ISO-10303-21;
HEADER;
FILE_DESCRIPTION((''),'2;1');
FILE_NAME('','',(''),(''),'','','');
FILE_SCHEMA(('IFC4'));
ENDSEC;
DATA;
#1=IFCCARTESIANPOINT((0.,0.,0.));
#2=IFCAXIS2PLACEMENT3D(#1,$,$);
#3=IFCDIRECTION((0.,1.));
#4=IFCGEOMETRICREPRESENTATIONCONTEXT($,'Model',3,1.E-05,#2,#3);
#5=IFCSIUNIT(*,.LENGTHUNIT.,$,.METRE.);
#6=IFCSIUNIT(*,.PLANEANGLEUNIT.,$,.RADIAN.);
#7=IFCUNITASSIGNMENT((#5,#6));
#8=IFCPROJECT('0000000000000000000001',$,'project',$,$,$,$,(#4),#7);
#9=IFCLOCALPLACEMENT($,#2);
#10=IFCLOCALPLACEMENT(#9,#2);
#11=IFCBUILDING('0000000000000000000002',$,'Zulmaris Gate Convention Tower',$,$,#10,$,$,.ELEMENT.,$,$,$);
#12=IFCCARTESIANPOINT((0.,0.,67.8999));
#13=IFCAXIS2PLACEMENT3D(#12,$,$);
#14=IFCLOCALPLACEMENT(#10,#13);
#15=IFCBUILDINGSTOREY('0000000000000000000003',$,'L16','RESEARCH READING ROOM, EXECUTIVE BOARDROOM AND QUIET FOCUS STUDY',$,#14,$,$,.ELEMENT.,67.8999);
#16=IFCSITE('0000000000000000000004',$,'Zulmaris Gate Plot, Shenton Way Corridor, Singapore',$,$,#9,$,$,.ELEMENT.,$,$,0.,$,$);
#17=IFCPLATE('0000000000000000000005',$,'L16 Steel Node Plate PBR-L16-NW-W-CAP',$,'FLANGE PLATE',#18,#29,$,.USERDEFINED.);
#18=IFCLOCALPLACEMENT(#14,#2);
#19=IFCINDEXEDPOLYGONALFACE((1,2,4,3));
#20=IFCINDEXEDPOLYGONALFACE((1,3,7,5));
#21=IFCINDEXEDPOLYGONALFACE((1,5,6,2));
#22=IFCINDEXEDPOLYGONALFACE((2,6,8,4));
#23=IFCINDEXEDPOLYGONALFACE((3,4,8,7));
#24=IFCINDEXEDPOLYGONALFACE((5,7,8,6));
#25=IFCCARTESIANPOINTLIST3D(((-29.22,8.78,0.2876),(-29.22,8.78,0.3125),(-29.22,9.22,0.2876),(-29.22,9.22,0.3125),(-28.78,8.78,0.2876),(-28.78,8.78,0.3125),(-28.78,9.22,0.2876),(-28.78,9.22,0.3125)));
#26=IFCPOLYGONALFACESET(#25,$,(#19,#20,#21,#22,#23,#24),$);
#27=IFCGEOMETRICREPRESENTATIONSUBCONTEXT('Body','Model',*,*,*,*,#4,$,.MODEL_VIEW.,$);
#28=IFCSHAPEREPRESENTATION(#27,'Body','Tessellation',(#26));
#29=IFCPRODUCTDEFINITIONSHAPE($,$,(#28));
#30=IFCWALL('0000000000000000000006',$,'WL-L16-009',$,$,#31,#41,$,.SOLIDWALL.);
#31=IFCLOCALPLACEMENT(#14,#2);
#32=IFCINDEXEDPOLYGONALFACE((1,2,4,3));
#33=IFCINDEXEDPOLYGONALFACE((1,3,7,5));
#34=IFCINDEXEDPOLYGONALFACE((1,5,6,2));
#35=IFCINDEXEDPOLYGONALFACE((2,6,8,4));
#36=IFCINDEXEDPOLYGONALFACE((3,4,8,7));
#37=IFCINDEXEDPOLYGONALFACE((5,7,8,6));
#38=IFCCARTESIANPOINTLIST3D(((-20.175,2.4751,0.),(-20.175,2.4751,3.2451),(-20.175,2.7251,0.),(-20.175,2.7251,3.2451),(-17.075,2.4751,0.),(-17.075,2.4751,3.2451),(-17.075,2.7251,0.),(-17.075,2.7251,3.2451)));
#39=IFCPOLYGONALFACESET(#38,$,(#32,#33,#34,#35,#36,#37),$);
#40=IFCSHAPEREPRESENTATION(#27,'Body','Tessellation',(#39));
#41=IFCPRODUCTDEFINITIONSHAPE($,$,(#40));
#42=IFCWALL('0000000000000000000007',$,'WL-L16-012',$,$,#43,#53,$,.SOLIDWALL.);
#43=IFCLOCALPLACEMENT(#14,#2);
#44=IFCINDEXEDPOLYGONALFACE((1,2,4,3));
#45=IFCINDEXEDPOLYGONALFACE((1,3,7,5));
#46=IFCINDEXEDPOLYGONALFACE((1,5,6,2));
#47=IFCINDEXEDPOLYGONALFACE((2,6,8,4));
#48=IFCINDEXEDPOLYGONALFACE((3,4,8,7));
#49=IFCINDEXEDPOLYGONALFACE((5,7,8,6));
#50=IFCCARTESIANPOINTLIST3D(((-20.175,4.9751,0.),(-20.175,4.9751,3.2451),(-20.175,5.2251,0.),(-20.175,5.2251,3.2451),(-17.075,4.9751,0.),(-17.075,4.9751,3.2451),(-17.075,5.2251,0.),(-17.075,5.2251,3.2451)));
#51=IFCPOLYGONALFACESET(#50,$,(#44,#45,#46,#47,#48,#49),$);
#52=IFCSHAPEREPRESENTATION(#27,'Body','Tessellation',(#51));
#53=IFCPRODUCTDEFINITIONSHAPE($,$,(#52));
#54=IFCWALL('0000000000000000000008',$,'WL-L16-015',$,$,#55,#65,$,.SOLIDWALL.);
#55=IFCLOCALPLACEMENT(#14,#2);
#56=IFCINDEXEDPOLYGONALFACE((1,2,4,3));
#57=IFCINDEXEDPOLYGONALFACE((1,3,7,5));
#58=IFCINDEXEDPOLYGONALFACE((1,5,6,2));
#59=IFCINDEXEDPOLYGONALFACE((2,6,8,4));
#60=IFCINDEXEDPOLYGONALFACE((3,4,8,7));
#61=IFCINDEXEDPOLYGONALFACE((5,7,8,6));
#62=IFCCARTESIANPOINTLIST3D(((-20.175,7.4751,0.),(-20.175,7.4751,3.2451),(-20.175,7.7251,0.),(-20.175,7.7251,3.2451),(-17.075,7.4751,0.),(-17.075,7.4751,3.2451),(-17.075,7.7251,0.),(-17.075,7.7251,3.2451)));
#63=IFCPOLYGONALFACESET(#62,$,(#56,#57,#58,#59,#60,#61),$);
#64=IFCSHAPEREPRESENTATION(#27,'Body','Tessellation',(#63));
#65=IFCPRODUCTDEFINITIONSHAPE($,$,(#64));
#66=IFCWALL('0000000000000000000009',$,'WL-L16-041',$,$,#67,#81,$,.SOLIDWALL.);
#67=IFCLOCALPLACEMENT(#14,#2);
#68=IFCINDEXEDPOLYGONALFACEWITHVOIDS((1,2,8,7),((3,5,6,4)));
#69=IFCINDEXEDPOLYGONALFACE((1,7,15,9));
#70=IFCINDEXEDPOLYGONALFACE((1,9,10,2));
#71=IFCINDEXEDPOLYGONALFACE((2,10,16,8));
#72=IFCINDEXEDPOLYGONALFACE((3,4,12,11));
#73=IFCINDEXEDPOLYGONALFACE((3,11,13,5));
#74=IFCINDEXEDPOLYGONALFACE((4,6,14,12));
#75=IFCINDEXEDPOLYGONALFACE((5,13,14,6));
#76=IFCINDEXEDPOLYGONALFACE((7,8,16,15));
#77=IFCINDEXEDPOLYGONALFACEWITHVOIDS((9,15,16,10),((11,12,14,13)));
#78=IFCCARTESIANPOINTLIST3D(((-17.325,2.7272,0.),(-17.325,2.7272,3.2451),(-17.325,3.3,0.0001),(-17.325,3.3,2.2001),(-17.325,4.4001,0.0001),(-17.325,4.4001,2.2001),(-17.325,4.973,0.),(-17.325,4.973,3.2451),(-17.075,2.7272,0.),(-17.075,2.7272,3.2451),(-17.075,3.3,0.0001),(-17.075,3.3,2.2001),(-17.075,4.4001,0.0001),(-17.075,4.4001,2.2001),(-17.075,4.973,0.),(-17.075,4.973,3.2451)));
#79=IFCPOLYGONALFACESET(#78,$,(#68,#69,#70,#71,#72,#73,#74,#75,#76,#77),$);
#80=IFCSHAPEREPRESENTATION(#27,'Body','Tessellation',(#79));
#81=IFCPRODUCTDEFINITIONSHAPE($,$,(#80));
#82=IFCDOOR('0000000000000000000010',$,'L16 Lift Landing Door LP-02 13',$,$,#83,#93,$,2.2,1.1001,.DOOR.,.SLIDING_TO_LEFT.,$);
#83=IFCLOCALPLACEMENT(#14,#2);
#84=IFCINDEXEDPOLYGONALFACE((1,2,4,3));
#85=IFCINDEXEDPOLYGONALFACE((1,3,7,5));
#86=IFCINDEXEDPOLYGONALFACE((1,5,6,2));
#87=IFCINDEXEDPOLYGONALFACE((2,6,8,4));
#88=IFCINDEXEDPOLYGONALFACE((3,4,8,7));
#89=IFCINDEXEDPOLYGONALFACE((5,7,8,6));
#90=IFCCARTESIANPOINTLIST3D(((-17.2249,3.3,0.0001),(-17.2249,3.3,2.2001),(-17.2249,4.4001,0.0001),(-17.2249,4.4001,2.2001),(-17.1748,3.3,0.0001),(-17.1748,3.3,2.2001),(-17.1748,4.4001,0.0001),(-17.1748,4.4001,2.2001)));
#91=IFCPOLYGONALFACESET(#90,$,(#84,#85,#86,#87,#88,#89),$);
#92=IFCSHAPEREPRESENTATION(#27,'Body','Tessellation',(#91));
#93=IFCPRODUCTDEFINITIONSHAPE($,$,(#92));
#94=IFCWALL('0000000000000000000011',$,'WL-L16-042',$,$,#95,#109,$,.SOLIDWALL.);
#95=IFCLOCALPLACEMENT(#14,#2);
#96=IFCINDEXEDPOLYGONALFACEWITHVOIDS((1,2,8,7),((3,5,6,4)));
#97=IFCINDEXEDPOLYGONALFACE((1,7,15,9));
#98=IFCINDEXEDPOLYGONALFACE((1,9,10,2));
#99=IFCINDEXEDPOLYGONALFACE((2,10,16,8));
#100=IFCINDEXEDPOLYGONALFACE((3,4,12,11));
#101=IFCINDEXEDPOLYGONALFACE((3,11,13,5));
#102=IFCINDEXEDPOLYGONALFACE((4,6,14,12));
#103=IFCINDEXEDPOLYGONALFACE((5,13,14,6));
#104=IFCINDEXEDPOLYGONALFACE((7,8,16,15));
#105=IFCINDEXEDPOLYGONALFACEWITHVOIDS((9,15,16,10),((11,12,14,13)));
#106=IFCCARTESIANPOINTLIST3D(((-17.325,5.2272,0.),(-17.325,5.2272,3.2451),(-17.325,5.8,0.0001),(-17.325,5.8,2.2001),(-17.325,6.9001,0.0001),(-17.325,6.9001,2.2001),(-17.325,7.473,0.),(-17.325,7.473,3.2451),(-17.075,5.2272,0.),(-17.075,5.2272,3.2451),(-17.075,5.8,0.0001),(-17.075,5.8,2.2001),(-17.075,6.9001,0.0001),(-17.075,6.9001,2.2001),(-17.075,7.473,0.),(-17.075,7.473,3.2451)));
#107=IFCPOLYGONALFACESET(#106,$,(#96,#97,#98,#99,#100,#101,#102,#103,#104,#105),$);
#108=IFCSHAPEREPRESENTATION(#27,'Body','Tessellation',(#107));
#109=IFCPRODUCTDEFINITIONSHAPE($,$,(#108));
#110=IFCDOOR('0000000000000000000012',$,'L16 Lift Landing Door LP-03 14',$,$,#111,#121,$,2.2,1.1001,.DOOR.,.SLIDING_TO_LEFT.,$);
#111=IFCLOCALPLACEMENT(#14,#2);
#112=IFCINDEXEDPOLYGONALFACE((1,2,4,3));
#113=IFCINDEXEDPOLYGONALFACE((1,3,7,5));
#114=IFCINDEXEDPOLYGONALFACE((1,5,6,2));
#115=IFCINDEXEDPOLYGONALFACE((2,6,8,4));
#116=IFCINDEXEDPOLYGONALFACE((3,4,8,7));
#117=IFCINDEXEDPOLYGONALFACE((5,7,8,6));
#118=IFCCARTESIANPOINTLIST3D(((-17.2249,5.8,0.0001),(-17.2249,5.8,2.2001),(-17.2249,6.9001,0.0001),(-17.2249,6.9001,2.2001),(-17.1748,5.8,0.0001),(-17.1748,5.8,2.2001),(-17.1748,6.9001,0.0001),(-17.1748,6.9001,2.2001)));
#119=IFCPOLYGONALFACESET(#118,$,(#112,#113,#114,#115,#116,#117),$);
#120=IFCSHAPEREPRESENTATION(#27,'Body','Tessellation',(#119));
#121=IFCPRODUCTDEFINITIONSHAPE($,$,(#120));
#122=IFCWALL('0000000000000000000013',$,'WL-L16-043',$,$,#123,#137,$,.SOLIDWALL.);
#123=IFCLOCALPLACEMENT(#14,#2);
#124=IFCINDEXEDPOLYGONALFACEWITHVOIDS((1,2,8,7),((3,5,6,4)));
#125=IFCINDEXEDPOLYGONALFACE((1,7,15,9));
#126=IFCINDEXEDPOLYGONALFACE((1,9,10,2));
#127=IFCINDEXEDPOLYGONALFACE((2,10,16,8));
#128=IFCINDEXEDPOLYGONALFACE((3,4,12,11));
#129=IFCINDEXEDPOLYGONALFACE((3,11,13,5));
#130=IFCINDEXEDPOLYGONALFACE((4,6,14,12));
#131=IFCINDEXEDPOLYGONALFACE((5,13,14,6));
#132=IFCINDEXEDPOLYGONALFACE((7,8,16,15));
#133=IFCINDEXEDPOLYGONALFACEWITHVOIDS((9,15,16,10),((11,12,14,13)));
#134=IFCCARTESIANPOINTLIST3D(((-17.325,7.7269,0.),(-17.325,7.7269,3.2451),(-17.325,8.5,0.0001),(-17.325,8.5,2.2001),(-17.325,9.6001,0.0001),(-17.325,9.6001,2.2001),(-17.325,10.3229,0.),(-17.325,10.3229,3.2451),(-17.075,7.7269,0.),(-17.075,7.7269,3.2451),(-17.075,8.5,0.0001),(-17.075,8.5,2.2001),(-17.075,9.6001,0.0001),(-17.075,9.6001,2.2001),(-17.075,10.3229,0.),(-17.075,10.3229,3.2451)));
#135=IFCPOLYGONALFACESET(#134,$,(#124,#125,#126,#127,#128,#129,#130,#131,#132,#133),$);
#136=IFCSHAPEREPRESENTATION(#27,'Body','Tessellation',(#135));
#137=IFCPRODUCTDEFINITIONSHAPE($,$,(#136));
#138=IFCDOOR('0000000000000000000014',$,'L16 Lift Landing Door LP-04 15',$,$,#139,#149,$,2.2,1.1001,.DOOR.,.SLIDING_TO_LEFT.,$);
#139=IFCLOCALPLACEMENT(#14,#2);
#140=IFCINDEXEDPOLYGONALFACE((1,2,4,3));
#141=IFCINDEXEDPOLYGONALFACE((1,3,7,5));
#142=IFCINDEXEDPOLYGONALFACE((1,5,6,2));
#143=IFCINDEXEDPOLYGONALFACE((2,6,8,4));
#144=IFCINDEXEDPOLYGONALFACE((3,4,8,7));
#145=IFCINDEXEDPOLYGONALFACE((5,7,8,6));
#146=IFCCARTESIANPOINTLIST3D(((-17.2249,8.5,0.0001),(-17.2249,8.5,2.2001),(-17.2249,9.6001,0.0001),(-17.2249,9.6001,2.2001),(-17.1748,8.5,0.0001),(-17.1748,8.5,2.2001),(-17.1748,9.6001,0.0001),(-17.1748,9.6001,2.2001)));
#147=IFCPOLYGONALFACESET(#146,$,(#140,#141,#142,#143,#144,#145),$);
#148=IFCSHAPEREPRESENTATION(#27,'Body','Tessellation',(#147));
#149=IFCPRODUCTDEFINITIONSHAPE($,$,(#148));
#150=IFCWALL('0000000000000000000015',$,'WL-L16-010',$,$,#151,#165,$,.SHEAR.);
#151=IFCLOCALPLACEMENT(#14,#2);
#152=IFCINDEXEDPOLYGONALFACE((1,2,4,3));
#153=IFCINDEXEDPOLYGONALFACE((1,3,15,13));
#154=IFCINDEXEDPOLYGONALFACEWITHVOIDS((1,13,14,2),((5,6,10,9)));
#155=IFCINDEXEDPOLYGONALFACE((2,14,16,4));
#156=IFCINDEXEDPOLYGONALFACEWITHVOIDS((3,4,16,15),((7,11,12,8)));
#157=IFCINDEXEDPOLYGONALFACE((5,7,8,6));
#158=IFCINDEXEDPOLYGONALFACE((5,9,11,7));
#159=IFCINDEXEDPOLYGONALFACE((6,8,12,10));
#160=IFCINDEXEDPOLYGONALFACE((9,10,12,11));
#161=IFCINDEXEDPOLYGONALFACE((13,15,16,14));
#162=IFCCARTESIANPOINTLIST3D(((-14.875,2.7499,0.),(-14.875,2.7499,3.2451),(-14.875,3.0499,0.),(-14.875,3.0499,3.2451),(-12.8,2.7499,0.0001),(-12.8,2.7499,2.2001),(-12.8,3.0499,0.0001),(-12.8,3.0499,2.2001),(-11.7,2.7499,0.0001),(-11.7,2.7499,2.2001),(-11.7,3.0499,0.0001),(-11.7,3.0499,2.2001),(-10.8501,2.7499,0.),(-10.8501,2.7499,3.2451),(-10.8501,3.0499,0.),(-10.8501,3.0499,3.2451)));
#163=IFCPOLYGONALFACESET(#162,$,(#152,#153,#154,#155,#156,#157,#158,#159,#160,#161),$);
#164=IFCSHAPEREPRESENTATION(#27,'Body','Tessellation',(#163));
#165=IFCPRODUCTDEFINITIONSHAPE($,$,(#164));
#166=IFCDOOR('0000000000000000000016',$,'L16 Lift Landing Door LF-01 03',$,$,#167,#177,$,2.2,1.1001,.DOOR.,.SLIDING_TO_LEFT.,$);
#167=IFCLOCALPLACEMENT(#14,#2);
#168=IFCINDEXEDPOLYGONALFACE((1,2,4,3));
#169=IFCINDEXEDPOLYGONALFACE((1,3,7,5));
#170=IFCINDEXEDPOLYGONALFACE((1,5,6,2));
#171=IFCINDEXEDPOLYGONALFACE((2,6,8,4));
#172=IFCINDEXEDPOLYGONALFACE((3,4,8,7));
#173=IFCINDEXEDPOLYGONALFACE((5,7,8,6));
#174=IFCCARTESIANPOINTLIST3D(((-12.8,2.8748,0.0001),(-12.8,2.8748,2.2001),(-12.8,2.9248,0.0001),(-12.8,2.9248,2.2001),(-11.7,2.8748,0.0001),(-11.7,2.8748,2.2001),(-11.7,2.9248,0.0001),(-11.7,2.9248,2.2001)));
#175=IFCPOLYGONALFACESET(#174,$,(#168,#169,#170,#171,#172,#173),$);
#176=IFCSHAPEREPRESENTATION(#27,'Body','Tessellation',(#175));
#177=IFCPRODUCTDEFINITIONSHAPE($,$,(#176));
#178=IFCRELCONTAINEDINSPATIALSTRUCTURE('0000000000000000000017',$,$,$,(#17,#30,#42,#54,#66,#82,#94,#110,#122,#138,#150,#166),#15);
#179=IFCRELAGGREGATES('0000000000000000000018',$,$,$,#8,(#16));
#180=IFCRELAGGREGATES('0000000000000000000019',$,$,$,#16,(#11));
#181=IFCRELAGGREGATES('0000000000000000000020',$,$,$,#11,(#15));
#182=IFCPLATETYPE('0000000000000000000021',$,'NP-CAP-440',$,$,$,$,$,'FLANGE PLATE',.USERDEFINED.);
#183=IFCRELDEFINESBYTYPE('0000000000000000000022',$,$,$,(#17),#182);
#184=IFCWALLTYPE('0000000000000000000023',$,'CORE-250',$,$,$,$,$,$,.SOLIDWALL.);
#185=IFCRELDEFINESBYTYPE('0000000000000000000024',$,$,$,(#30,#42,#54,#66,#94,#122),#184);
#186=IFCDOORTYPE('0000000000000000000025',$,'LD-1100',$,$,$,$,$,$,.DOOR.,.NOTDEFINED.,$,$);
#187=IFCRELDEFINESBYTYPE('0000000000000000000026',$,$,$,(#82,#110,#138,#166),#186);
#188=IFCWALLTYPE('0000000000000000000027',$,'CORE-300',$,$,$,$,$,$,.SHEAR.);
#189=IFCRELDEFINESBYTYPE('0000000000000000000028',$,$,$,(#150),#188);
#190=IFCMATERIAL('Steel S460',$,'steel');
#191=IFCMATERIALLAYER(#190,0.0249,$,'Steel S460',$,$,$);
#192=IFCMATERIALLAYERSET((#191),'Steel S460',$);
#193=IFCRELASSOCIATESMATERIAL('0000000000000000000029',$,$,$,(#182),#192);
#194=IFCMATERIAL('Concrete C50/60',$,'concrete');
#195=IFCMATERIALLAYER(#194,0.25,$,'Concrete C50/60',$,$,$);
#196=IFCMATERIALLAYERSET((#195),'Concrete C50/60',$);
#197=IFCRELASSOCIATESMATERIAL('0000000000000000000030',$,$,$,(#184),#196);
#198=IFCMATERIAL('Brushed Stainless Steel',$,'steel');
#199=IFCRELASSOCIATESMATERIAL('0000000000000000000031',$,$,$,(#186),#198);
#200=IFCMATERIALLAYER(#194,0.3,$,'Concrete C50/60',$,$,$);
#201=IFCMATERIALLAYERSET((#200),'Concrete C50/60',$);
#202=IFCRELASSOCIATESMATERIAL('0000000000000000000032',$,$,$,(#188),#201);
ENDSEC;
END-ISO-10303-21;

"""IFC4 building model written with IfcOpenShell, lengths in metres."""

from ifc_helpers import new_model, si_unit, direction, frame, frame_2d, origin, origin_2d, place, context, subcontext, project, spatial, rectangle, extrude, material, layer, layer_set, type_object, element, fill, save


model = new_model("IFC4")

# Units and contexts
model_context = context("Model", 3, precision=1e-05, world=origin(), true_north=direction((0.0, 1.0)))
body_context = subcontext(model_context, "Body", "Model", "MODEL_VIEW")
ifc_project = project(units=[si_unit("LENGTHUNIT", "METRE"), si_unit("PLANEANGLEUNIT", "RADIAN")], contexts=[model_context])

# Site, building, storey
site_placement = place(None, origin())
site = spatial("IfcSite", under=ifc_project, at=site_placement, Name="Zulmaris Gate Plot, Shenton Way Corridor, Singapore", CompositionType="ELEMENT", RefElevation=0.0)
building_placement = place(site_placement, origin())
building = spatial("IfcBuilding", under=site, at=building_placement, Name="Zulmaris Gate Convention Tower", CompositionType="ELEMENT")
storey_placement = place(building_placement, frame((0.0, 0.0, 67.8999)))
storey = spatial("IfcBuildingStorey", under=building, at=storey_placement, Name="L16", Description="RESEARCH READING ROOM, EXECUTIVE BOARDROOM AND QUIET FOCUS STUDY", CompositionType="ELEMENT", Elevation=67.8999)

# Shared definitions
ifc_material_1 = material(Name="Steel S460", Category="steel")

# Plate
ifc_layer_1 = layer(ifc_material_1, 0.0249, Name="Steel S460")
ifc_layer_set_1 = layer_set([ifc_layer_1], Name="Steel S460")
plate_type = type_object("IfcPlateType", Name="NP-CAP-440", ElementType="FLANGE PLATE", PredefinedType="USERDEFINED", material=ifc_layer_set_1)
plate_placement = place(storey_placement, frame((-29.0, 9.0, 0.2876), z_axis=(0.0, 0.0, 1.0), x_axis=(1.0, 0.0, 0.0)))
element("IfcPlate", 1, at=plate_placement, inside=storey, type_object=plate_type, Name="L16 Steel Node Plate PBR-L16-NW-W-CAP", ObjectType="FLANGE PLATE", PredefinedType="USERDEFINED", context=body_context, shape_type="SweptSolid", body=[
    extrude(rectangle(XDim=0.4399, YDim=0.4399, at=origin_2d()), origin(), (0.0, 0.0, 1.0), 0.0249),
])

# Walls
ifc_material_2 = material(Name="Concrete C50/60", Category="concrete")
ifc_layer_2 = layer(ifc_material_2, 0.25, Name="Concrete C50/60")
ifc_layer_set_2 = layer_set([ifc_layer_2], Name="Concrete C50/60")
wall_type_1 = type_object("IfcWallType", Name="CORE-250", PredefinedType="SOLIDWALL", material=ifc_layer_set_2)
for number, where, z_axis, x_axis, name in (
    (2, (-20.175, 2.6001, 0.0), (0.0, 0.0, 1.0), (1.0, 0.0, 0.0), "WL-L16-009"),
    (3, (-20.175, 5.1001, 0.0), (0.0, 0.0, 1.0), (1.0, 0.0, 0.0), "WL-L16-012"),
    (4, (-20.175, 7.6001, 0.0), (0.0, 0.0, 1.0), (1.0, 0.0, 0.0), "WL-L16-015"),
):
    element("IfcWall", number, at=place(storey_placement, frame(where, z_axis=z_axis, x_axis=x_axis)), inside=storey, type_object=wall_type_1, Name=name, PredefinedType="SOLIDWALL", context=body_context, shape_type="SweptSolid", body=[
        extrude(rectangle(XDim=3.1001, YDim=0.25, at=frame_2d((1.55, 0.0))), origin(), (0.0, 0.0, 1.0), 3.2451),
    ])

# Walls, openings, doors
wall_1_placement = place(storey_placement, frame((-17.2, 2.7271, 0.0), z_axis=(0.0, 0.0, 1.0), x_axis=(0.0, 1.0, 0.0)))
wall_1 = element("IfcWall", 5, at=wall_1_placement, inside=storey, type_object=wall_type_1, Name="WL-L16-041", PredefinedType="SOLIDWALL", context=body_context, shape_type="SweptSolid", body=[
    extrude(rectangle(XDim=2.2458, YDim=0.25, at=frame_2d((1.123, 0.0))), origin(), (0.0, 0.0, 1.0), 3.2451),
])
opening_1_placement = place(wall_1_placement, frame((0.573, 0.0, 0.0)))
opening_1 = element("IfcOpeningElement", 6, at=opening_1_placement, cuts=wall_1, PredefinedType="OPENING", context=body_context, shape_type="SweptSolid", body=[
    extrude(rectangle(XDim=1.1001, YDim=2.2, at=frame_2d((0.55, 1.1001))), frame((0.0, 0.135, 0.0), z_axis=(0.0, -1.0, 0.0), x_axis=(1.0, 0.0, 0.0)), (0.0, 0.0, 1.0), 0.27),
])
ifc_material_3 = material(Name="Brushed Stainless Steel", Category="steel")
door_type = type_object("IfcDoorType", Name="LD-1100", OperationType="NOTDEFINED", PredefinedType="DOOR", material=ifc_material_3)
door_1_placement = place(opening_1_placement, origin())
door_1 = element("IfcDoor", 7, at=door_1_placement, inside=storey, type_object=door_type, Name="L16 Lift Landing Door LP-02 13", OperationType="SLIDING_TO_LEFT", OverallHeight=2.2, OverallWidth=1.1001, PredefinedType="DOOR", context=body_context, shape_type="SweptSolid", body=[
    extrude(rectangle(XDim=1.1001, YDim=2.2, at=frame_2d((0.55, 1.1001))), frame((0.0, 0.0249, 0.0), z_axis=(0.0, -1.0, 0.0), x_axis=(1.0, 0.0, 0.0)), (0.0, 0.0, 1.0), 0.05),
])
fill(opening_1, door_1)
wall_2_placement = place(storey_placement, frame((-17.2, 5.2271, 0.0), z_axis=(0.0, 0.0, 1.0), x_axis=(0.0, 1.0, 0.0)))
wall_2 = element("IfcWall", 8, at=wall_2_placement, inside=storey, type_object=wall_type_1, Name="WL-L16-042", PredefinedType="SOLIDWALL", context=body_context, shape_type="SweptSolid", body=[
    extrude(rectangle(XDim=2.2458, YDim=0.25, at=frame_2d((1.123, 0.0))), origin(), (0.0, 0.0, 1.0), 3.2451),
])
opening_2_placement = place(wall_2_placement, frame((0.573, 0.0, 0.0)))
opening_2 = element("IfcOpeningElement", 9, at=opening_2_placement, cuts=wall_2, PredefinedType="OPENING", context=body_context, shape_type="SweptSolid", body=[
    extrude(rectangle(XDim=1.1001, YDim=2.2, at=frame_2d((0.55, 1.1001))), frame((0.0, 0.135, 0.0), z_axis=(0.0, -1.0, 0.0), x_axis=(1.0, 0.0, 0.0)), (0.0, 0.0, 1.0), 0.27),
])
door_2_placement = place(opening_2_placement, origin())
door_2 = element("IfcDoor", 10, at=door_2_placement, inside=storey, type_object=door_type, Name="L16 Lift Landing Door LP-03 14", OperationType="SLIDING_TO_LEFT", OverallHeight=2.2, OverallWidth=1.1001, PredefinedType="DOOR", context=body_context, shape_type="SweptSolid", body=[
    extrude(rectangle(XDim=1.1001, YDim=2.2, at=frame_2d((0.55, 1.1001))), frame((0.0, 0.0249, 0.0), z_axis=(0.0, -1.0, 0.0), x_axis=(1.0, 0.0, 0.0)), (0.0, 0.0, 1.0), 0.05),
])
fill(opening_2, door_2)
wall_3_placement = place(storey_placement, frame((-17.2, 7.7271, 0.0), z_axis=(0.0, 0.0, 1.0), x_axis=(0.0, 1.0, 0.0)))
wall_3 = element("IfcWall", 11, at=wall_3_placement, inside=storey, type_object=wall_type_1, Name="WL-L16-043", PredefinedType="SOLIDWALL", context=body_context, shape_type="SweptSolid", body=[
    extrude(rectangle(XDim=2.5959, YDim=0.25, at=frame_2d((1.2979, 0.0))), origin(), (0.0, 0.0, 1.0), 3.2451),
])
opening_3_placement = place(wall_3_placement, frame((0.7729, 0.0, 0.0)))
opening_3 = element("IfcOpeningElement", 12, at=opening_3_placement, cuts=wall_3, PredefinedType="OPENING", context=body_context, shape_type="SweptSolid", body=[
    extrude(rectangle(XDim=1.1001, YDim=2.2, at=frame_2d((0.55, 1.1001))), frame((0.0, 0.135, 0.0), z_axis=(0.0, -1.0, 0.0), x_axis=(1.0, 0.0, 0.0)), (0.0, 0.0, 1.0), 0.27),
])
door_3_placement = place(opening_3_placement, origin())
door_3 = element("IfcDoor", 13, at=door_3_placement, inside=storey, type_object=door_type, Name="L16 Lift Landing Door LP-04 15", OperationType="SLIDING_TO_LEFT", OverallHeight=2.2, OverallWidth=1.1001, PredefinedType="DOOR", context=body_context, shape_type="SweptSolid", body=[
    extrude(rectangle(XDim=1.1001, YDim=2.2, at=frame_2d((0.55, 1.1001))), frame((0.0, 0.0249, 0.0), z_axis=(0.0, -1.0, 0.0), x_axis=(1.0, 0.0, 0.0)), (0.0, 0.0, 1.0), 0.05),
])
fill(opening_3, door_3)
ifc_layer_3 = layer(ifc_material_2, 0.3, Name="Concrete C50/60")
ifc_layer_set_3 = layer_set([ifc_layer_3], Name="Concrete C50/60")
wall_type_2 = type_object("IfcWallType", Name="CORE-300", PredefinedType="SHEAR", material=ifc_layer_set_3)
wall_4_placement = place(storey_placement, frame((-14.875, 2.8999, 0.0), z_axis=(0.0, 0.0, 1.0), x_axis=(1.0, 0.0, 0.0)))
wall_4 = element("IfcWall", 14, at=wall_4_placement, inside=storey, type_object=wall_type_2, Name="WL-L16-010", PredefinedType="SHEAR", context=body_context, shape_type="SweptSolid", body=[
    extrude(rectangle(XDim=4.0249, YDim=0.3, at=frame_2d((2.0125, 0.0))), origin(), (0.0, 0.0, 1.0), 3.2451),
])
opening_4_placement = place(wall_4_placement, frame((2.075, 0.0, 0.0)))
opening_4 = element("IfcOpeningElement", 15, at=opening_4_placement, cuts=wall_4, PredefinedType="OPENING", context=body_context, shape_type="SweptSolid", body=[
    extrude(rectangle(XDim=1.1001, YDim=2.2, at=frame_2d((0.55, 1.1001))), frame((0.0, 0.1602, 0.0), z_axis=(0.0, -1.0, 0.0), x_axis=(1.0, 0.0, 0.0)), (0.0, 0.0, 1.0), 0.3201),
])
door_4_placement = place(opening_4_placement, origin())
door_4 = element("IfcDoor", 16, at=door_4_placement, inside=storey, type_object=door_type, Name="L16 Lift Landing Door LF-01 03", OperationType="SLIDING_TO_LEFT", OverallHeight=2.2, OverallWidth=1.1001, PredefinedType="DOOR", context=body_context, shape_type="SweptSolid", body=[
    extrude(rectangle(XDim=1.1001, YDim=2.2, at=frame_2d((0.55, 1.1001))), frame((0.0, 0.0249, 0.0), z_axis=(0.0, -1.0, 0.0), x_axis=(1.0, 0.0, 0.0)), (0.0, 0.0, 1.0), 0.05),
])
fill(opening_4, door_4)

save(model, "model.ifc")
